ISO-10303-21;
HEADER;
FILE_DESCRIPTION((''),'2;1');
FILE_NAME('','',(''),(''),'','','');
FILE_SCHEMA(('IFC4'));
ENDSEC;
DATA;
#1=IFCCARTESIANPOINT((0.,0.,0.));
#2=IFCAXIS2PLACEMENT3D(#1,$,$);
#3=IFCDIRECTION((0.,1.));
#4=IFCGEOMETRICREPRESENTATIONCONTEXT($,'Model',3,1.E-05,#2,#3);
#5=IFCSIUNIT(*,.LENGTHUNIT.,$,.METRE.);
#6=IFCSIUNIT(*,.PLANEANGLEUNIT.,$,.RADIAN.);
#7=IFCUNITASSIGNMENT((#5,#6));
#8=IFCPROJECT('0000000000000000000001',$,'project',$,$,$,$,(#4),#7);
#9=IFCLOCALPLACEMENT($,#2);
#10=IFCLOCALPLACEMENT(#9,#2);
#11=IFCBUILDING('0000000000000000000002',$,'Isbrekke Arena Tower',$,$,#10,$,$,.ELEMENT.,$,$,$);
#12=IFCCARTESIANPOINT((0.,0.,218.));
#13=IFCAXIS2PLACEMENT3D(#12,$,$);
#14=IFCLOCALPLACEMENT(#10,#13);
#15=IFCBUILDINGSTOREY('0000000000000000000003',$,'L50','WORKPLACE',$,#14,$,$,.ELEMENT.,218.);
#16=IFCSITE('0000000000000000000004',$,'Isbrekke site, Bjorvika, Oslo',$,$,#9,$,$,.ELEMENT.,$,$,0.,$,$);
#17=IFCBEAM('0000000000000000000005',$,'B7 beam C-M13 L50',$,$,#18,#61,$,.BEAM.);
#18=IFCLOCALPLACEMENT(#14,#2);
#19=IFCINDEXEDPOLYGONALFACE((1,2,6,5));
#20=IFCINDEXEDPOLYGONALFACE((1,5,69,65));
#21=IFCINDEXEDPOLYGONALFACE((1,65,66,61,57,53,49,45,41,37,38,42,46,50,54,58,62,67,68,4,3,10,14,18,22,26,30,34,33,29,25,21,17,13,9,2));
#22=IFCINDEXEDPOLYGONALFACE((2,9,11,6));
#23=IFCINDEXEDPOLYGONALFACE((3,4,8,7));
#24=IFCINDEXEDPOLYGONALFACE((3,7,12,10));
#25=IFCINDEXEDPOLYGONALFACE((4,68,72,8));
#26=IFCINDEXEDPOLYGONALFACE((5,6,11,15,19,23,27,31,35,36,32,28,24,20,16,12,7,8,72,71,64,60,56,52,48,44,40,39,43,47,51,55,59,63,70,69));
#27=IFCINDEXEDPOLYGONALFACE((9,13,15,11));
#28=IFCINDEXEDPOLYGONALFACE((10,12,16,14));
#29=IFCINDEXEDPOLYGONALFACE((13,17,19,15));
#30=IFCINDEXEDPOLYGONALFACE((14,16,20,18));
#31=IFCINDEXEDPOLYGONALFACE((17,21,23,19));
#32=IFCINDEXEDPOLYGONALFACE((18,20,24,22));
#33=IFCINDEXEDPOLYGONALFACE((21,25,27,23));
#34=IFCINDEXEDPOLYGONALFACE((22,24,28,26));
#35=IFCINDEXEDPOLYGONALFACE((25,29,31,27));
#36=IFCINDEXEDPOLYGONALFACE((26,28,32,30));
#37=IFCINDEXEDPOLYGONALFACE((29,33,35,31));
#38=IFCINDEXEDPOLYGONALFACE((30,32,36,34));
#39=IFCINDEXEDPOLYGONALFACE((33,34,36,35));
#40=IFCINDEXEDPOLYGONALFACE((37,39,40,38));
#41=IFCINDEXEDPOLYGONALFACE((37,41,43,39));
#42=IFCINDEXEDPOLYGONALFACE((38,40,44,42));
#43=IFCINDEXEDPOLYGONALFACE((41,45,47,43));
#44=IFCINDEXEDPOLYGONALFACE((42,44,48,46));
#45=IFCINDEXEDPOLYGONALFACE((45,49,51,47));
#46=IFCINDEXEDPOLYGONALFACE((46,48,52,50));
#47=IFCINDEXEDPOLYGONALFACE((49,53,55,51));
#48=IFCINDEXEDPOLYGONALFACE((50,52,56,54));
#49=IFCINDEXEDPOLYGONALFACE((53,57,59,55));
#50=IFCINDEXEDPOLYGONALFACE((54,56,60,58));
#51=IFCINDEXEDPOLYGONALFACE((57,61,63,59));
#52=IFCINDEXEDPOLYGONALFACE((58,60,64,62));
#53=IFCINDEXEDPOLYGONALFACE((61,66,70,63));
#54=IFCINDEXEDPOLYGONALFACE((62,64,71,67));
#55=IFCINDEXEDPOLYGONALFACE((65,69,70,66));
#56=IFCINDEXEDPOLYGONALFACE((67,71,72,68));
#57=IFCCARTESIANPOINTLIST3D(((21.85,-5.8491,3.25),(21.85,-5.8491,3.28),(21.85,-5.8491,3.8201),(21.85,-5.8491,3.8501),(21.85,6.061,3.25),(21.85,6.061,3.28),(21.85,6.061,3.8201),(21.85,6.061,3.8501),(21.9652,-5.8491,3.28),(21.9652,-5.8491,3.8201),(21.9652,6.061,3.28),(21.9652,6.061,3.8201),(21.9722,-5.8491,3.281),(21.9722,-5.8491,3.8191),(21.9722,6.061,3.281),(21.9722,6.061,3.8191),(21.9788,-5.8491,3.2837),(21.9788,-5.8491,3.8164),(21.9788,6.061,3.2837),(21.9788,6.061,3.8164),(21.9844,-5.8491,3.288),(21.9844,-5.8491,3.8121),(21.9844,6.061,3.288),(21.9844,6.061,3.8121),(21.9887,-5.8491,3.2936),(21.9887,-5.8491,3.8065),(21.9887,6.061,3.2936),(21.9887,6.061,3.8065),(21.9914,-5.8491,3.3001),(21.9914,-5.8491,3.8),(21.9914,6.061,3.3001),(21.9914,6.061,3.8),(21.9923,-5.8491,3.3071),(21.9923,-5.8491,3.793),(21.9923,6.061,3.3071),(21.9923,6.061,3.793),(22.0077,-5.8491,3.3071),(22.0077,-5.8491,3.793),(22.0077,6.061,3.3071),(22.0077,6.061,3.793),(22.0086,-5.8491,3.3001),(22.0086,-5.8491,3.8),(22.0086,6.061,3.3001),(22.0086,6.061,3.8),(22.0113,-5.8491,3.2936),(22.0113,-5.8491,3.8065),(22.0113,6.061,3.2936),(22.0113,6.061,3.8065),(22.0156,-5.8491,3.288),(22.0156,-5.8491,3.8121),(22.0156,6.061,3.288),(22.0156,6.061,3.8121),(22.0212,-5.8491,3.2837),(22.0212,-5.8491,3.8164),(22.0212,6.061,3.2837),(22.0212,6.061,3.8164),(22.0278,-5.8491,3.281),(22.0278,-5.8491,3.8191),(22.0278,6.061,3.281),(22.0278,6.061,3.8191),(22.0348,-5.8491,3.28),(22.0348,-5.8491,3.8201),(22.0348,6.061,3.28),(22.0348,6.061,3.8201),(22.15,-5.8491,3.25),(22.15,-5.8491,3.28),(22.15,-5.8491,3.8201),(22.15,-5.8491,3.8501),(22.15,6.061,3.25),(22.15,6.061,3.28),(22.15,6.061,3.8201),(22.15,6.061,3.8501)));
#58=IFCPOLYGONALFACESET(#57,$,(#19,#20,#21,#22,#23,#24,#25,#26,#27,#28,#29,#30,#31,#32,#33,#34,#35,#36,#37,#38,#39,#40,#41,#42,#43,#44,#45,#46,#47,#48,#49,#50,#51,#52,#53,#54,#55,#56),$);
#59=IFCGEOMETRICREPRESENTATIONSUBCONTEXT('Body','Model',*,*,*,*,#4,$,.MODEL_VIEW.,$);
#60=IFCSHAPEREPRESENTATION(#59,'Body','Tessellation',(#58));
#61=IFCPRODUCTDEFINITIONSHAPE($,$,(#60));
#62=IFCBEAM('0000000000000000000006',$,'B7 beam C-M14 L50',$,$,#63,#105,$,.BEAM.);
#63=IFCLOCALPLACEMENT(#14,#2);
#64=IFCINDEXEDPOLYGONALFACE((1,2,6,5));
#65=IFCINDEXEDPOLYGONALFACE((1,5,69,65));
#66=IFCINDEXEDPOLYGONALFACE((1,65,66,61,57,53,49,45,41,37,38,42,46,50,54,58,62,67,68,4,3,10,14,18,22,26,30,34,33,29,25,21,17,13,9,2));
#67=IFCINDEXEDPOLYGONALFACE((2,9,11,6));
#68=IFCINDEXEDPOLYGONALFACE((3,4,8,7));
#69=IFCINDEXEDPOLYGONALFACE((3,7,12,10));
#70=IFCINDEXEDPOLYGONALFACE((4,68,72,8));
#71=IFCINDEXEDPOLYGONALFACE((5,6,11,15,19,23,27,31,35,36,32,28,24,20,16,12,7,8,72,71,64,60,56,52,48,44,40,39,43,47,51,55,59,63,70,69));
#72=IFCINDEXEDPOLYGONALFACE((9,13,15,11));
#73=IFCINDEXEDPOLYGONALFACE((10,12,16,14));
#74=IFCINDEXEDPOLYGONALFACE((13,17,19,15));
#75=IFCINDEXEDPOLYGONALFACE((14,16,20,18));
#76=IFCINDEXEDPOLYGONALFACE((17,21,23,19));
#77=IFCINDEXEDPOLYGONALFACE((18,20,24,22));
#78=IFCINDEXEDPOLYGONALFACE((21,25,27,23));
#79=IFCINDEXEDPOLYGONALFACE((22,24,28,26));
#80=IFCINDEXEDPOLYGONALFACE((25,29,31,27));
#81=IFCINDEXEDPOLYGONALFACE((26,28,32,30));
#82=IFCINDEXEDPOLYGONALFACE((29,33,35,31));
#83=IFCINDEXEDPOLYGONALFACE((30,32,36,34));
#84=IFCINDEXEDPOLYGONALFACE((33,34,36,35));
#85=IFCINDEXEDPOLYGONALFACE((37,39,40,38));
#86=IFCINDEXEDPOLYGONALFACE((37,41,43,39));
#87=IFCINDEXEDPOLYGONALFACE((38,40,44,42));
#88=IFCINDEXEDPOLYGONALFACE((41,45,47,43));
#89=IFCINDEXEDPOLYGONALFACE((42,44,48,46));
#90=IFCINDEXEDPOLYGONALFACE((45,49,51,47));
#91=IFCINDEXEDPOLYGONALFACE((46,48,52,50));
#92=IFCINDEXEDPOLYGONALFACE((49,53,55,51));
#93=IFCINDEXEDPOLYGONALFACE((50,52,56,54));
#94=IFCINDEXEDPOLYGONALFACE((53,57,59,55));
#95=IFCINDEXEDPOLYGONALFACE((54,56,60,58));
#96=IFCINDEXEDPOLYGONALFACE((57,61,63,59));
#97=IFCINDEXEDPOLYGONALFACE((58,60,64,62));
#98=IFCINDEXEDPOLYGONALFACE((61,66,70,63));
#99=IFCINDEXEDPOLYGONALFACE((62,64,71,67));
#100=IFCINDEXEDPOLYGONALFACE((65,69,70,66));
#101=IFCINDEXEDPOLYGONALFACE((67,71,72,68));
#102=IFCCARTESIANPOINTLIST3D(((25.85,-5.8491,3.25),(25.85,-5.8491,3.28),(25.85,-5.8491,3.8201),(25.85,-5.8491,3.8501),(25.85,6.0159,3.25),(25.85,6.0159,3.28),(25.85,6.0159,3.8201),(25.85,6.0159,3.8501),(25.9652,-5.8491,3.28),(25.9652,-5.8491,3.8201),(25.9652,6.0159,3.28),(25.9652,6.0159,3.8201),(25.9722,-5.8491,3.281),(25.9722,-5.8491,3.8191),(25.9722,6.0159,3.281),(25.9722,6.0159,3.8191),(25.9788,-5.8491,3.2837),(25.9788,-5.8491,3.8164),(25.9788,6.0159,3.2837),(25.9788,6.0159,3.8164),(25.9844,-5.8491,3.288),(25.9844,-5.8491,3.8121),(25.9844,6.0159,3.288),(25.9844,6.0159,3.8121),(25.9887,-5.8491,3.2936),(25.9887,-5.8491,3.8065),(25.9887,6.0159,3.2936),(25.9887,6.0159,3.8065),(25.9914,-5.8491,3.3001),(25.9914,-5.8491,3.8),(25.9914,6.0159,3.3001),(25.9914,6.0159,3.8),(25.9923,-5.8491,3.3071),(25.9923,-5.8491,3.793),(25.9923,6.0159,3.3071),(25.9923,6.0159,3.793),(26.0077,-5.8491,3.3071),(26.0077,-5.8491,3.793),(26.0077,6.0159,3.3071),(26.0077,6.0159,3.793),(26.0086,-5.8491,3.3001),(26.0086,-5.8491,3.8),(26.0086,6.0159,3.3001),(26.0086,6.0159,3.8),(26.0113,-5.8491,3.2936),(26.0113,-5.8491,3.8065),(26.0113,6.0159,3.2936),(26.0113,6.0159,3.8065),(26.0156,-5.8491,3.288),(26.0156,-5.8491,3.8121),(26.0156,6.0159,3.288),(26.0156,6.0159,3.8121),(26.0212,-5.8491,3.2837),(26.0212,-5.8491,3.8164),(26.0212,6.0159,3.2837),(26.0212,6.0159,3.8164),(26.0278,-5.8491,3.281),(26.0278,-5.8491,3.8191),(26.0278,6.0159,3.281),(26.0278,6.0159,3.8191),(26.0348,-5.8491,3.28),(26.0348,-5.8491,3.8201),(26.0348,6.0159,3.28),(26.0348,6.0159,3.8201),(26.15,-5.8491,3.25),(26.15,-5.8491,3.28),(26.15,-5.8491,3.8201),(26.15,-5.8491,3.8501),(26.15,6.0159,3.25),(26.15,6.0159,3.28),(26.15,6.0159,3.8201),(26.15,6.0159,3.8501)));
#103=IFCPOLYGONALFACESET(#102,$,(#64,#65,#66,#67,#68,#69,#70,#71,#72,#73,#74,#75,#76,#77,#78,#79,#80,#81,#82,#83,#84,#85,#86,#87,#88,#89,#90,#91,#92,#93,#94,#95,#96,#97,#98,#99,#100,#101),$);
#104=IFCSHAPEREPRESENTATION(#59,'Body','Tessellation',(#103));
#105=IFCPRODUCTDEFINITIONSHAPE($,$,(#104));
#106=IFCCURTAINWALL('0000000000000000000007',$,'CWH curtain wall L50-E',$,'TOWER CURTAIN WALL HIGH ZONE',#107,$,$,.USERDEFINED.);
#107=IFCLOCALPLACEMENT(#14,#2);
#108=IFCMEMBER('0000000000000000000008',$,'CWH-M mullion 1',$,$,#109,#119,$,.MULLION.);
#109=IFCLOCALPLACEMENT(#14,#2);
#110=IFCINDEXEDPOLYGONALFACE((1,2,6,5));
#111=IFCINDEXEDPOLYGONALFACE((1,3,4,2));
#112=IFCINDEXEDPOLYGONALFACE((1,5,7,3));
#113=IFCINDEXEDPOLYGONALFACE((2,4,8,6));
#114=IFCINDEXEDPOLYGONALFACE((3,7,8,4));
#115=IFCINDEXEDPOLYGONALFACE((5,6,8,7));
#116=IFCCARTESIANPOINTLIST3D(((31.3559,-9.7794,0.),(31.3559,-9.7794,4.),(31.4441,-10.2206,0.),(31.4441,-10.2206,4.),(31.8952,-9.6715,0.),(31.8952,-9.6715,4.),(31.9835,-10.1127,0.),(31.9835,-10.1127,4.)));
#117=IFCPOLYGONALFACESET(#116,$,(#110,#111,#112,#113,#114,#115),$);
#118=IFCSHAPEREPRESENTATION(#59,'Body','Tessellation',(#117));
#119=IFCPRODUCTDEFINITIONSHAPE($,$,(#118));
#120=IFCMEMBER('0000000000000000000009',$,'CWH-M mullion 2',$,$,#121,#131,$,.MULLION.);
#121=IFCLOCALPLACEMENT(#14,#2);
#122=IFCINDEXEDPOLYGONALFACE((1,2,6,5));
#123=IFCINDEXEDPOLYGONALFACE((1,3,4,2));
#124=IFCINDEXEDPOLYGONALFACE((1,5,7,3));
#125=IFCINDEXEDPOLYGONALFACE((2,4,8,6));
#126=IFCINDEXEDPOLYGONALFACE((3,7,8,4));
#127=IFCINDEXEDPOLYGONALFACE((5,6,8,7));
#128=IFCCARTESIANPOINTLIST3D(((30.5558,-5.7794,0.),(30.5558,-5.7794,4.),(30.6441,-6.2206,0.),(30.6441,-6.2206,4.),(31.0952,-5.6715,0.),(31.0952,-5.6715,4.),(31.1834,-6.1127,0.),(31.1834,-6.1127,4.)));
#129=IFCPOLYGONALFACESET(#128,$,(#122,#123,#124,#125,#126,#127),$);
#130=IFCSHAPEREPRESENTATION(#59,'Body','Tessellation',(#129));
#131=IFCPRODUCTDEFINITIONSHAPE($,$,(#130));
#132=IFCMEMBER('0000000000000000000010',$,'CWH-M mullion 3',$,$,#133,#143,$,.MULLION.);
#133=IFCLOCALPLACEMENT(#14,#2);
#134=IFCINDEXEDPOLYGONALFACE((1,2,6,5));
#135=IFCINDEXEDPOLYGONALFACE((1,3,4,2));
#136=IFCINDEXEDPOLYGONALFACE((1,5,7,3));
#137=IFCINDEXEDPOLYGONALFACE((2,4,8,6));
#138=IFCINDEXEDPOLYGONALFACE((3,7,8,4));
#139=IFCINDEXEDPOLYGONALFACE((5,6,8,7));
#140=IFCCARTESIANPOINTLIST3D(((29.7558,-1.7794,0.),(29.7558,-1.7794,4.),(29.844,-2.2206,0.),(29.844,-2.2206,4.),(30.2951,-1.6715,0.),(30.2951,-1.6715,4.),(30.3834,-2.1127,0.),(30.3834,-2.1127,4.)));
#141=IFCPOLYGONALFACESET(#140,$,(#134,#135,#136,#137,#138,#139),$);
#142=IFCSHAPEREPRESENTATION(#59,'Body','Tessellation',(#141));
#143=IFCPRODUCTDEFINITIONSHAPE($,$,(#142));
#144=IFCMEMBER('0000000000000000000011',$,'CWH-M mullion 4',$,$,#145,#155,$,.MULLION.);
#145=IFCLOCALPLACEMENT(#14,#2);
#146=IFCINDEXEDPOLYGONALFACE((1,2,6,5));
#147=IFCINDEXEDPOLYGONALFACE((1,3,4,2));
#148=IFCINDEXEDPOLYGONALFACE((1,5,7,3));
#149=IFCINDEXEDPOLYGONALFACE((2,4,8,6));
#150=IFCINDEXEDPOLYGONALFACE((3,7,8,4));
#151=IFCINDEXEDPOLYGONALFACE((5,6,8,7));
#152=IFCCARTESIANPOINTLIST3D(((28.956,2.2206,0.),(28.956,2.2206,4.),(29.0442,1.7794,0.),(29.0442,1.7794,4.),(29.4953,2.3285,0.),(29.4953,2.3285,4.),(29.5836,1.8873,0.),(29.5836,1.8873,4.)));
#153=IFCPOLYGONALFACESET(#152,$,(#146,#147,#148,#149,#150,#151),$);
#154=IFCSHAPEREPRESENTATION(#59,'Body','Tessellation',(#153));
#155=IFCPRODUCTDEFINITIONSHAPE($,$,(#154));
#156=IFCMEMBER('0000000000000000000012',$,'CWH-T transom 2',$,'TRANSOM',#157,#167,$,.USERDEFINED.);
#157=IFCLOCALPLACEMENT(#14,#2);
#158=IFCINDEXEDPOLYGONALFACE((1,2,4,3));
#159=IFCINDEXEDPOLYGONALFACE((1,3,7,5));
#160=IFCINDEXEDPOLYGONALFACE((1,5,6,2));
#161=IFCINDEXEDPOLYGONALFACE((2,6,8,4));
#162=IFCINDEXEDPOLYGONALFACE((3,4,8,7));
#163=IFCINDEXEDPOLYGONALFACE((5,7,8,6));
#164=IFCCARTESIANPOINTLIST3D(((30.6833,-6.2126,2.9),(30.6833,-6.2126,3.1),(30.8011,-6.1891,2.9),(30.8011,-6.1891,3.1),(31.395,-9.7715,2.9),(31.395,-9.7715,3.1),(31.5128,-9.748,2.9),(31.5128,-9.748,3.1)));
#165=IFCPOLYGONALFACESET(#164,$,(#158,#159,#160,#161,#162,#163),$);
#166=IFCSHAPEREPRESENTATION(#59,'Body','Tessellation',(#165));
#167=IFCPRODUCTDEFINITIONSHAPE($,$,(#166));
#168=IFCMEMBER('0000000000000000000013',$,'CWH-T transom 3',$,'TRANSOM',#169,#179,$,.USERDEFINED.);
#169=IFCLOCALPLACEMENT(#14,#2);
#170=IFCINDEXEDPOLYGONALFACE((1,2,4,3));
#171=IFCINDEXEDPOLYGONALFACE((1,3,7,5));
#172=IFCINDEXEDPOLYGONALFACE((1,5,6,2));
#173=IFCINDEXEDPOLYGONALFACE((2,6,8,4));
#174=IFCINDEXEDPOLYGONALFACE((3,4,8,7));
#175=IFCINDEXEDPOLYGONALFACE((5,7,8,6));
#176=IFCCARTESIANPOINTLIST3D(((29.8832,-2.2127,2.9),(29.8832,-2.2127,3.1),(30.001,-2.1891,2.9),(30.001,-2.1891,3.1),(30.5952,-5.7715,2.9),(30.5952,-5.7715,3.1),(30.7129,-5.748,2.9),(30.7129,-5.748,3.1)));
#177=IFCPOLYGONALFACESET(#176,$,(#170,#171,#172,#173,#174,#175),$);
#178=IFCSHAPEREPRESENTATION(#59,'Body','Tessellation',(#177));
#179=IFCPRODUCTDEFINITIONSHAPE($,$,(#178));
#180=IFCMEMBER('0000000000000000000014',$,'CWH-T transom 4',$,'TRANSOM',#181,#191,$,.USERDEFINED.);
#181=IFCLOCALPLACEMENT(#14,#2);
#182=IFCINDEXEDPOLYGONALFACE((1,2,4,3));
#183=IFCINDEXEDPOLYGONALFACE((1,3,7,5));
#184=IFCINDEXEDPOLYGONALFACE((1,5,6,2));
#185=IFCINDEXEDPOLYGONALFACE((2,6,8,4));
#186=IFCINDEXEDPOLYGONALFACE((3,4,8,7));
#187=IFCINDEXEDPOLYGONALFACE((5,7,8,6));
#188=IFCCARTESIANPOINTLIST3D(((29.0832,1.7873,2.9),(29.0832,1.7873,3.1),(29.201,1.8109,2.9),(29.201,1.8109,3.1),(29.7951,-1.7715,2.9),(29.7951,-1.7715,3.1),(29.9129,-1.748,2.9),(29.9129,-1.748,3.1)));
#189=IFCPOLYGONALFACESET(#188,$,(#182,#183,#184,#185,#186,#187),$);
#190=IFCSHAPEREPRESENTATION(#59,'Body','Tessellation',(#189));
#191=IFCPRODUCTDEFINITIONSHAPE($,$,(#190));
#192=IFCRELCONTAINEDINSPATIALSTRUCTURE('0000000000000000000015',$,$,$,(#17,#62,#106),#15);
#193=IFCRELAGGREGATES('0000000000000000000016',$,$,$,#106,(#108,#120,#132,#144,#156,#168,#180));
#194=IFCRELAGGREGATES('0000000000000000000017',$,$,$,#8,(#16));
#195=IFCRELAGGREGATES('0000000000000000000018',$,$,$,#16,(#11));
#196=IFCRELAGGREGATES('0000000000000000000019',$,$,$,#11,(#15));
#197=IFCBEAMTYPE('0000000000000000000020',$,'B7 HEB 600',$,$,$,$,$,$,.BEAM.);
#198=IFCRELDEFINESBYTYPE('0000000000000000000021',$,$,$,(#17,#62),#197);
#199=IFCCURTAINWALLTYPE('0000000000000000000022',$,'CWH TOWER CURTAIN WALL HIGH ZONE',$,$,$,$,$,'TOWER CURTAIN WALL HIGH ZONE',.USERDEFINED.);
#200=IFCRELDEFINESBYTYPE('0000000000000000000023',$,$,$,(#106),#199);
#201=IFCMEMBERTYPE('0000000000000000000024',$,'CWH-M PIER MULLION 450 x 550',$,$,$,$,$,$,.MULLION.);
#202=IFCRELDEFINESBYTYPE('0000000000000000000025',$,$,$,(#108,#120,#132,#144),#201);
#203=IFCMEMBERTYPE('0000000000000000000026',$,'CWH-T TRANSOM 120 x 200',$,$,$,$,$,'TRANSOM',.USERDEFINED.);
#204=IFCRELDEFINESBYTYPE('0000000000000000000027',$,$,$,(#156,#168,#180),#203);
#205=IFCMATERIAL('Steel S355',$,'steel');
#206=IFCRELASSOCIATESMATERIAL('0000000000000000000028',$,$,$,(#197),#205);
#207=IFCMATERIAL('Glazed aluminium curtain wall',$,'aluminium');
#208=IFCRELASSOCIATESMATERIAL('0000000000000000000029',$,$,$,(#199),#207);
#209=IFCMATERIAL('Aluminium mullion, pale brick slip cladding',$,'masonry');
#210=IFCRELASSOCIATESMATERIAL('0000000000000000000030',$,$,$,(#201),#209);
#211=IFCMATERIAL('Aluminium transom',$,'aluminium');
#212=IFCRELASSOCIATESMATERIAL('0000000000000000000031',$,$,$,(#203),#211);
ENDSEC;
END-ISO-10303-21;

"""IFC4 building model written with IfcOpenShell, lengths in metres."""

from ifc_helpers import new_model, si_unit, direction, frame, origin, origin_2d, place, context, subcontext, project, spatial, rectangle, i_section, extrude, material, material_profile, profile_set, type_object, element, aggregate, save


model = new_model("IFC4")

# Units and contexts
model_context = context("Model", 3, precision=1e-05, world=origin(), true_north=direction((0.0, 1.0)))
body_context = subcontext(model_context, "Body", "Model", "MODEL_VIEW")
ifc_project = project(units=[si_unit("LENGTHUNIT", "METRE"), si_unit("PLANEANGLEUNIT", "RADIAN")], contexts=[model_context])

# Site, building, storey
site_placement = place(None, origin())
site = spatial("IfcSite", under=ifc_project, at=site_placement, Name="Isbrekke site, Bjorvika, Oslo", CompositionType="ELEMENT", RefElevation=0.0)
building_placement = place(site_placement, origin())
building = spatial("IfcBuilding", under=site, at=building_placement, Name="Isbrekke Arena Tower", CompositionType="ELEMENT")
storey_placement = place(building_placement, frame((0.0, 0.0, 218.0)))
storey = spatial("IfcBuildingStorey", under=building, at=storey_placement, Name="L50", Description="WORKPLACE", CompositionType="ELEMENT", Elevation=218.0)

# Beams
ifc_material_1 = material(Name="Steel S355", Category="steel")
ifc_material_profile_1 = material_profile(ifc_material_1, i_section(OverallWidth=0.3, OverallDepth=0.6001, WebThickness=0.0154, FlangeThickness=0.03, FilletRadius=0.0271, at=origin_2d()), Name="HEB 600")
ifc_profile_set_1 = profile_set([ifc_material_profile_1], Name="Steel S355")
beam_type_1 = type_object("IfcBeamType", Name="B7 HEB 600", PredefinedType="BEAM", material=ifc_profile_set_1)
beam_1_placement = place(storey_placement, frame((22.0, -5.8491, 3.55), z_axis=(0.0, 1.0, 0.0), x_axis=(-1.0, 0.0, 0.0)))
element("IfcBeam", 1, at=beam_1_placement, inside=storey, type_object=beam_type_1, Name="B7 beam C-M13 L50", PredefinedType="BEAM", context=body_context, shape_type="SweptSolid", body=[
    extrude(i_section(OverallWidth=0.3, OverallDepth=0.6001, WebThickness=0.0154, FlangeThickness=0.03, FilletRadius=0.0271, at=origin_2d()), origin(), (0.0, 0.0, 1.0), 11.9102),
])
beam_2_placement = place(storey_placement, frame((26.0, -5.8491, 3.55), z_axis=(0.0, 1.0, 0.0), x_axis=(-1.0, 0.0, 0.0)))
element("IfcBeam", 2, at=beam_2_placement, inside=storey, type_object=beam_type_1, Name="B7 beam C-M14 L50", PredefinedType="BEAM", context=body_context, shape_type="SweptSolid", body=[
    extrude(i_section(OverallWidth=0.3, OverallDepth=0.6001, WebThickness=0.0154, FlangeThickness=0.03, FilletRadius=0.0271, at=origin_2d()), origin(), (0.0, 0.0, 1.0), 11.865),
])

# Curtain wall, members
ifc_material_2 = material(Name="Glazed aluminium curtain wall", Category="aluminium")
curtain_wall_type = type_object("IfcCurtainWallType", Name="CWH TOWER CURTAIN WALL HIGH ZONE", ElementType="TOWER CURTAIN WALL HIGH ZONE", PredefinedType="USERDEFINED", material=ifc_material_2)
curtain_wall_placement = place(storey_placement, origin())
curtain_wall = element("IfcCurtainWall", 3, at=curtain_wall_placement, inside=storey, type_object=curtain_wall_type, Name="CWH curtain wall L50-E", ObjectType="TOWER CURTAIN WALL HIGH ZONE", PredefinedType="USERDEFINED")
ifc_material_3 = material(Name="Aluminium mullion, pale brick slip cladding", Category="masonry")
ifc_material_profile_2 = material_profile(ifc_material_3, rectangle(XDim=0.45, YDim=0.55, at=origin_2d()), Name="PIER 450X550")
ifc_profile_set_2 = profile_set([ifc_material_profile_2], Name="Aluminium mullion, pale brick slip cladding")
member_type_1 = type_object("IfcMemberType", Name="CWH-M PIER MULLION 450 x 550", PredefinedType="MULLION", material=ifc_profile_set_2)
member_1_placement = place(storey_placement, frame((31.6697, -9.946, 0.0), z_axis=(0.0, 0.0, 1.0), x_axis=(-0.196116, 0.980581, 0.0)))
member_1 = element("IfcMember", 4, at=member_1_placement, type_object=member_type_1, Name="CWH-M mullion 1", PredefinedType="MULLION", context=body_context, shape_type="SweptSolid", body=[
    extrude(rectangle(XDim=0.45, YDim=0.55, at=origin_2d()), origin(), (0.0, 0.0, 1.0), 4.0),
])
member_2_placement = place(storey_placement, frame((30.8696, -5.946, 0.0), z_axis=(0.0, 0.0, 1.0), x_axis=(-0.196116, 0.980581, 0.0)))
member_2 = element("IfcMember", 5, at=member_2_placement, type_object=member_type_1, Name="CWH-M mullion 2", PredefinedType="MULLION", context=body_context, shape_type="SweptSolid", body=[
    extrude(rectangle(XDim=0.45, YDim=0.55, at=origin_2d()), origin(), (0.0, 0.0, 1.0), 4.0),
])
member_3_placement = place(storey_placement, frame((30.0696, -1.946, 0.0), z_axis=(0.0, 0.0, 1.0), x_axis=(-0.196116, 0.980581, 0.0)))
member_3 = element("IfcMember", 6, at=member_3_placement, type_object=member_type_1, Name="CWH-M mullion 3", PredefinedType="MULLION", context=body_context, shape_type="SweptSolid", body=[
    extrude(rectangle(XDim=0.45, YDim=0.55, at=origin_2d()), origin(), (0.0, 0.0, 1.0), 4.0),
])
member_4_placement = place(storey_placement, frame((29.2698, 2.054, 0.0), z_axis=(0.0, 0.0, 1.0), x_axis=(-0.196116, 0.980581, 0.0)))
member_4 = element("IfcMember", 7, at=member_4_placement, type_object=member_type_1, Name="CWH-M mullion 4", PredefinedType="MULLION", context=body_context, shape_type="SweptSolid", body=[
    extrude(rectangle(XDim=0.45, YDim=0.55, at=origin_2d()), origin(), (0.0, 0.0, 1.0), 4.0),
])
ifc_material_4 = material(Name="Aluminium transom", Category="aluminium")
ifc_material_profile_3 = material_profile(ifc_material_4, rectangle(XDim=0.1201, YDim=0.2, at=origin_2d()), Name="TRANSOM 120X200")
ifc_profile_set_3 = profile_set([ifc_material_profile_3], Name="Aluminium transom")
member_type_2 = type_object("IfcMemberType", Name="CWH-T TRANSOM 120 x 200", ElementType="TRANSOM", PredefinedType="USERDEFINED", material=ifc_profile_set_3)
member_5_placement = place(storey_placement, frame((31.4539, -9.7598, 3.0), z_axis=(-0.19609, 0.980586, 0.0), x_axis=(-0.980586, -0.19609, 0.0)))
member_5 = element("IfcMember", 8, at=member_5_placement, type_object=member_type_2, Name="CWH-T transom 2", ObjectType="TRANSOM", PredefinedType="USERDEFINED", context=body_context, shape_type="SweptSolid", body=[
    extrude(rectangle(XDim=0.1201, YDim=0.2, at=origin_2d()), origin(), (0.0, 0.0, 1.0), 3.6294),
])
member_6_placement = place(storey_placement, frame((30.6541, -5.7598, 3.0), z_axis=(-0.196155, 0.980573, 0.0), x_axis=(-0.980573, -0.196155, 0.0)))
member_6 = element("IfcMember", 9, at=member_6_placement, type_object=member_type_2, Name="CWH-T transom 3", ObjectType="TRANSOM", PredefinedType="USERDEFINED", context=body_context, shape_type="SweptSolid", body=[
    extrude(rectangle(XDim=0.1201, YDim=0.2, at=origin_2d()), origin(), (0.0, 0.0, 1.0), 3.6294),
])
member_7_placement = place(storey_placement, frame((29.854, -1.7598, 3.0), z_axis=(-0.196155, 0.980573, 0.0), x_axis=(-0.980573, -0.196155, 0.0)))
member_7 = element("IfcMember", 10, at=member_7_placement, type_object=member_type_2, Name="CWH-T transom 4", ObjectType="TRANSOM", PredefinedType="USERDEFINED", context=body_context, shape_type="SweptSolid", body=[
    extrude(rectangle(XDim=0.1201, YDim=0.2, at=origin_2d()), origin(), (0.0, 0.0, 1.0), 3.6294),
])

aggregate(curtain_wall, [member_1, member_2, member_3, member_4, member_5, member_6, member_7])

save(model, "model.ifc")
